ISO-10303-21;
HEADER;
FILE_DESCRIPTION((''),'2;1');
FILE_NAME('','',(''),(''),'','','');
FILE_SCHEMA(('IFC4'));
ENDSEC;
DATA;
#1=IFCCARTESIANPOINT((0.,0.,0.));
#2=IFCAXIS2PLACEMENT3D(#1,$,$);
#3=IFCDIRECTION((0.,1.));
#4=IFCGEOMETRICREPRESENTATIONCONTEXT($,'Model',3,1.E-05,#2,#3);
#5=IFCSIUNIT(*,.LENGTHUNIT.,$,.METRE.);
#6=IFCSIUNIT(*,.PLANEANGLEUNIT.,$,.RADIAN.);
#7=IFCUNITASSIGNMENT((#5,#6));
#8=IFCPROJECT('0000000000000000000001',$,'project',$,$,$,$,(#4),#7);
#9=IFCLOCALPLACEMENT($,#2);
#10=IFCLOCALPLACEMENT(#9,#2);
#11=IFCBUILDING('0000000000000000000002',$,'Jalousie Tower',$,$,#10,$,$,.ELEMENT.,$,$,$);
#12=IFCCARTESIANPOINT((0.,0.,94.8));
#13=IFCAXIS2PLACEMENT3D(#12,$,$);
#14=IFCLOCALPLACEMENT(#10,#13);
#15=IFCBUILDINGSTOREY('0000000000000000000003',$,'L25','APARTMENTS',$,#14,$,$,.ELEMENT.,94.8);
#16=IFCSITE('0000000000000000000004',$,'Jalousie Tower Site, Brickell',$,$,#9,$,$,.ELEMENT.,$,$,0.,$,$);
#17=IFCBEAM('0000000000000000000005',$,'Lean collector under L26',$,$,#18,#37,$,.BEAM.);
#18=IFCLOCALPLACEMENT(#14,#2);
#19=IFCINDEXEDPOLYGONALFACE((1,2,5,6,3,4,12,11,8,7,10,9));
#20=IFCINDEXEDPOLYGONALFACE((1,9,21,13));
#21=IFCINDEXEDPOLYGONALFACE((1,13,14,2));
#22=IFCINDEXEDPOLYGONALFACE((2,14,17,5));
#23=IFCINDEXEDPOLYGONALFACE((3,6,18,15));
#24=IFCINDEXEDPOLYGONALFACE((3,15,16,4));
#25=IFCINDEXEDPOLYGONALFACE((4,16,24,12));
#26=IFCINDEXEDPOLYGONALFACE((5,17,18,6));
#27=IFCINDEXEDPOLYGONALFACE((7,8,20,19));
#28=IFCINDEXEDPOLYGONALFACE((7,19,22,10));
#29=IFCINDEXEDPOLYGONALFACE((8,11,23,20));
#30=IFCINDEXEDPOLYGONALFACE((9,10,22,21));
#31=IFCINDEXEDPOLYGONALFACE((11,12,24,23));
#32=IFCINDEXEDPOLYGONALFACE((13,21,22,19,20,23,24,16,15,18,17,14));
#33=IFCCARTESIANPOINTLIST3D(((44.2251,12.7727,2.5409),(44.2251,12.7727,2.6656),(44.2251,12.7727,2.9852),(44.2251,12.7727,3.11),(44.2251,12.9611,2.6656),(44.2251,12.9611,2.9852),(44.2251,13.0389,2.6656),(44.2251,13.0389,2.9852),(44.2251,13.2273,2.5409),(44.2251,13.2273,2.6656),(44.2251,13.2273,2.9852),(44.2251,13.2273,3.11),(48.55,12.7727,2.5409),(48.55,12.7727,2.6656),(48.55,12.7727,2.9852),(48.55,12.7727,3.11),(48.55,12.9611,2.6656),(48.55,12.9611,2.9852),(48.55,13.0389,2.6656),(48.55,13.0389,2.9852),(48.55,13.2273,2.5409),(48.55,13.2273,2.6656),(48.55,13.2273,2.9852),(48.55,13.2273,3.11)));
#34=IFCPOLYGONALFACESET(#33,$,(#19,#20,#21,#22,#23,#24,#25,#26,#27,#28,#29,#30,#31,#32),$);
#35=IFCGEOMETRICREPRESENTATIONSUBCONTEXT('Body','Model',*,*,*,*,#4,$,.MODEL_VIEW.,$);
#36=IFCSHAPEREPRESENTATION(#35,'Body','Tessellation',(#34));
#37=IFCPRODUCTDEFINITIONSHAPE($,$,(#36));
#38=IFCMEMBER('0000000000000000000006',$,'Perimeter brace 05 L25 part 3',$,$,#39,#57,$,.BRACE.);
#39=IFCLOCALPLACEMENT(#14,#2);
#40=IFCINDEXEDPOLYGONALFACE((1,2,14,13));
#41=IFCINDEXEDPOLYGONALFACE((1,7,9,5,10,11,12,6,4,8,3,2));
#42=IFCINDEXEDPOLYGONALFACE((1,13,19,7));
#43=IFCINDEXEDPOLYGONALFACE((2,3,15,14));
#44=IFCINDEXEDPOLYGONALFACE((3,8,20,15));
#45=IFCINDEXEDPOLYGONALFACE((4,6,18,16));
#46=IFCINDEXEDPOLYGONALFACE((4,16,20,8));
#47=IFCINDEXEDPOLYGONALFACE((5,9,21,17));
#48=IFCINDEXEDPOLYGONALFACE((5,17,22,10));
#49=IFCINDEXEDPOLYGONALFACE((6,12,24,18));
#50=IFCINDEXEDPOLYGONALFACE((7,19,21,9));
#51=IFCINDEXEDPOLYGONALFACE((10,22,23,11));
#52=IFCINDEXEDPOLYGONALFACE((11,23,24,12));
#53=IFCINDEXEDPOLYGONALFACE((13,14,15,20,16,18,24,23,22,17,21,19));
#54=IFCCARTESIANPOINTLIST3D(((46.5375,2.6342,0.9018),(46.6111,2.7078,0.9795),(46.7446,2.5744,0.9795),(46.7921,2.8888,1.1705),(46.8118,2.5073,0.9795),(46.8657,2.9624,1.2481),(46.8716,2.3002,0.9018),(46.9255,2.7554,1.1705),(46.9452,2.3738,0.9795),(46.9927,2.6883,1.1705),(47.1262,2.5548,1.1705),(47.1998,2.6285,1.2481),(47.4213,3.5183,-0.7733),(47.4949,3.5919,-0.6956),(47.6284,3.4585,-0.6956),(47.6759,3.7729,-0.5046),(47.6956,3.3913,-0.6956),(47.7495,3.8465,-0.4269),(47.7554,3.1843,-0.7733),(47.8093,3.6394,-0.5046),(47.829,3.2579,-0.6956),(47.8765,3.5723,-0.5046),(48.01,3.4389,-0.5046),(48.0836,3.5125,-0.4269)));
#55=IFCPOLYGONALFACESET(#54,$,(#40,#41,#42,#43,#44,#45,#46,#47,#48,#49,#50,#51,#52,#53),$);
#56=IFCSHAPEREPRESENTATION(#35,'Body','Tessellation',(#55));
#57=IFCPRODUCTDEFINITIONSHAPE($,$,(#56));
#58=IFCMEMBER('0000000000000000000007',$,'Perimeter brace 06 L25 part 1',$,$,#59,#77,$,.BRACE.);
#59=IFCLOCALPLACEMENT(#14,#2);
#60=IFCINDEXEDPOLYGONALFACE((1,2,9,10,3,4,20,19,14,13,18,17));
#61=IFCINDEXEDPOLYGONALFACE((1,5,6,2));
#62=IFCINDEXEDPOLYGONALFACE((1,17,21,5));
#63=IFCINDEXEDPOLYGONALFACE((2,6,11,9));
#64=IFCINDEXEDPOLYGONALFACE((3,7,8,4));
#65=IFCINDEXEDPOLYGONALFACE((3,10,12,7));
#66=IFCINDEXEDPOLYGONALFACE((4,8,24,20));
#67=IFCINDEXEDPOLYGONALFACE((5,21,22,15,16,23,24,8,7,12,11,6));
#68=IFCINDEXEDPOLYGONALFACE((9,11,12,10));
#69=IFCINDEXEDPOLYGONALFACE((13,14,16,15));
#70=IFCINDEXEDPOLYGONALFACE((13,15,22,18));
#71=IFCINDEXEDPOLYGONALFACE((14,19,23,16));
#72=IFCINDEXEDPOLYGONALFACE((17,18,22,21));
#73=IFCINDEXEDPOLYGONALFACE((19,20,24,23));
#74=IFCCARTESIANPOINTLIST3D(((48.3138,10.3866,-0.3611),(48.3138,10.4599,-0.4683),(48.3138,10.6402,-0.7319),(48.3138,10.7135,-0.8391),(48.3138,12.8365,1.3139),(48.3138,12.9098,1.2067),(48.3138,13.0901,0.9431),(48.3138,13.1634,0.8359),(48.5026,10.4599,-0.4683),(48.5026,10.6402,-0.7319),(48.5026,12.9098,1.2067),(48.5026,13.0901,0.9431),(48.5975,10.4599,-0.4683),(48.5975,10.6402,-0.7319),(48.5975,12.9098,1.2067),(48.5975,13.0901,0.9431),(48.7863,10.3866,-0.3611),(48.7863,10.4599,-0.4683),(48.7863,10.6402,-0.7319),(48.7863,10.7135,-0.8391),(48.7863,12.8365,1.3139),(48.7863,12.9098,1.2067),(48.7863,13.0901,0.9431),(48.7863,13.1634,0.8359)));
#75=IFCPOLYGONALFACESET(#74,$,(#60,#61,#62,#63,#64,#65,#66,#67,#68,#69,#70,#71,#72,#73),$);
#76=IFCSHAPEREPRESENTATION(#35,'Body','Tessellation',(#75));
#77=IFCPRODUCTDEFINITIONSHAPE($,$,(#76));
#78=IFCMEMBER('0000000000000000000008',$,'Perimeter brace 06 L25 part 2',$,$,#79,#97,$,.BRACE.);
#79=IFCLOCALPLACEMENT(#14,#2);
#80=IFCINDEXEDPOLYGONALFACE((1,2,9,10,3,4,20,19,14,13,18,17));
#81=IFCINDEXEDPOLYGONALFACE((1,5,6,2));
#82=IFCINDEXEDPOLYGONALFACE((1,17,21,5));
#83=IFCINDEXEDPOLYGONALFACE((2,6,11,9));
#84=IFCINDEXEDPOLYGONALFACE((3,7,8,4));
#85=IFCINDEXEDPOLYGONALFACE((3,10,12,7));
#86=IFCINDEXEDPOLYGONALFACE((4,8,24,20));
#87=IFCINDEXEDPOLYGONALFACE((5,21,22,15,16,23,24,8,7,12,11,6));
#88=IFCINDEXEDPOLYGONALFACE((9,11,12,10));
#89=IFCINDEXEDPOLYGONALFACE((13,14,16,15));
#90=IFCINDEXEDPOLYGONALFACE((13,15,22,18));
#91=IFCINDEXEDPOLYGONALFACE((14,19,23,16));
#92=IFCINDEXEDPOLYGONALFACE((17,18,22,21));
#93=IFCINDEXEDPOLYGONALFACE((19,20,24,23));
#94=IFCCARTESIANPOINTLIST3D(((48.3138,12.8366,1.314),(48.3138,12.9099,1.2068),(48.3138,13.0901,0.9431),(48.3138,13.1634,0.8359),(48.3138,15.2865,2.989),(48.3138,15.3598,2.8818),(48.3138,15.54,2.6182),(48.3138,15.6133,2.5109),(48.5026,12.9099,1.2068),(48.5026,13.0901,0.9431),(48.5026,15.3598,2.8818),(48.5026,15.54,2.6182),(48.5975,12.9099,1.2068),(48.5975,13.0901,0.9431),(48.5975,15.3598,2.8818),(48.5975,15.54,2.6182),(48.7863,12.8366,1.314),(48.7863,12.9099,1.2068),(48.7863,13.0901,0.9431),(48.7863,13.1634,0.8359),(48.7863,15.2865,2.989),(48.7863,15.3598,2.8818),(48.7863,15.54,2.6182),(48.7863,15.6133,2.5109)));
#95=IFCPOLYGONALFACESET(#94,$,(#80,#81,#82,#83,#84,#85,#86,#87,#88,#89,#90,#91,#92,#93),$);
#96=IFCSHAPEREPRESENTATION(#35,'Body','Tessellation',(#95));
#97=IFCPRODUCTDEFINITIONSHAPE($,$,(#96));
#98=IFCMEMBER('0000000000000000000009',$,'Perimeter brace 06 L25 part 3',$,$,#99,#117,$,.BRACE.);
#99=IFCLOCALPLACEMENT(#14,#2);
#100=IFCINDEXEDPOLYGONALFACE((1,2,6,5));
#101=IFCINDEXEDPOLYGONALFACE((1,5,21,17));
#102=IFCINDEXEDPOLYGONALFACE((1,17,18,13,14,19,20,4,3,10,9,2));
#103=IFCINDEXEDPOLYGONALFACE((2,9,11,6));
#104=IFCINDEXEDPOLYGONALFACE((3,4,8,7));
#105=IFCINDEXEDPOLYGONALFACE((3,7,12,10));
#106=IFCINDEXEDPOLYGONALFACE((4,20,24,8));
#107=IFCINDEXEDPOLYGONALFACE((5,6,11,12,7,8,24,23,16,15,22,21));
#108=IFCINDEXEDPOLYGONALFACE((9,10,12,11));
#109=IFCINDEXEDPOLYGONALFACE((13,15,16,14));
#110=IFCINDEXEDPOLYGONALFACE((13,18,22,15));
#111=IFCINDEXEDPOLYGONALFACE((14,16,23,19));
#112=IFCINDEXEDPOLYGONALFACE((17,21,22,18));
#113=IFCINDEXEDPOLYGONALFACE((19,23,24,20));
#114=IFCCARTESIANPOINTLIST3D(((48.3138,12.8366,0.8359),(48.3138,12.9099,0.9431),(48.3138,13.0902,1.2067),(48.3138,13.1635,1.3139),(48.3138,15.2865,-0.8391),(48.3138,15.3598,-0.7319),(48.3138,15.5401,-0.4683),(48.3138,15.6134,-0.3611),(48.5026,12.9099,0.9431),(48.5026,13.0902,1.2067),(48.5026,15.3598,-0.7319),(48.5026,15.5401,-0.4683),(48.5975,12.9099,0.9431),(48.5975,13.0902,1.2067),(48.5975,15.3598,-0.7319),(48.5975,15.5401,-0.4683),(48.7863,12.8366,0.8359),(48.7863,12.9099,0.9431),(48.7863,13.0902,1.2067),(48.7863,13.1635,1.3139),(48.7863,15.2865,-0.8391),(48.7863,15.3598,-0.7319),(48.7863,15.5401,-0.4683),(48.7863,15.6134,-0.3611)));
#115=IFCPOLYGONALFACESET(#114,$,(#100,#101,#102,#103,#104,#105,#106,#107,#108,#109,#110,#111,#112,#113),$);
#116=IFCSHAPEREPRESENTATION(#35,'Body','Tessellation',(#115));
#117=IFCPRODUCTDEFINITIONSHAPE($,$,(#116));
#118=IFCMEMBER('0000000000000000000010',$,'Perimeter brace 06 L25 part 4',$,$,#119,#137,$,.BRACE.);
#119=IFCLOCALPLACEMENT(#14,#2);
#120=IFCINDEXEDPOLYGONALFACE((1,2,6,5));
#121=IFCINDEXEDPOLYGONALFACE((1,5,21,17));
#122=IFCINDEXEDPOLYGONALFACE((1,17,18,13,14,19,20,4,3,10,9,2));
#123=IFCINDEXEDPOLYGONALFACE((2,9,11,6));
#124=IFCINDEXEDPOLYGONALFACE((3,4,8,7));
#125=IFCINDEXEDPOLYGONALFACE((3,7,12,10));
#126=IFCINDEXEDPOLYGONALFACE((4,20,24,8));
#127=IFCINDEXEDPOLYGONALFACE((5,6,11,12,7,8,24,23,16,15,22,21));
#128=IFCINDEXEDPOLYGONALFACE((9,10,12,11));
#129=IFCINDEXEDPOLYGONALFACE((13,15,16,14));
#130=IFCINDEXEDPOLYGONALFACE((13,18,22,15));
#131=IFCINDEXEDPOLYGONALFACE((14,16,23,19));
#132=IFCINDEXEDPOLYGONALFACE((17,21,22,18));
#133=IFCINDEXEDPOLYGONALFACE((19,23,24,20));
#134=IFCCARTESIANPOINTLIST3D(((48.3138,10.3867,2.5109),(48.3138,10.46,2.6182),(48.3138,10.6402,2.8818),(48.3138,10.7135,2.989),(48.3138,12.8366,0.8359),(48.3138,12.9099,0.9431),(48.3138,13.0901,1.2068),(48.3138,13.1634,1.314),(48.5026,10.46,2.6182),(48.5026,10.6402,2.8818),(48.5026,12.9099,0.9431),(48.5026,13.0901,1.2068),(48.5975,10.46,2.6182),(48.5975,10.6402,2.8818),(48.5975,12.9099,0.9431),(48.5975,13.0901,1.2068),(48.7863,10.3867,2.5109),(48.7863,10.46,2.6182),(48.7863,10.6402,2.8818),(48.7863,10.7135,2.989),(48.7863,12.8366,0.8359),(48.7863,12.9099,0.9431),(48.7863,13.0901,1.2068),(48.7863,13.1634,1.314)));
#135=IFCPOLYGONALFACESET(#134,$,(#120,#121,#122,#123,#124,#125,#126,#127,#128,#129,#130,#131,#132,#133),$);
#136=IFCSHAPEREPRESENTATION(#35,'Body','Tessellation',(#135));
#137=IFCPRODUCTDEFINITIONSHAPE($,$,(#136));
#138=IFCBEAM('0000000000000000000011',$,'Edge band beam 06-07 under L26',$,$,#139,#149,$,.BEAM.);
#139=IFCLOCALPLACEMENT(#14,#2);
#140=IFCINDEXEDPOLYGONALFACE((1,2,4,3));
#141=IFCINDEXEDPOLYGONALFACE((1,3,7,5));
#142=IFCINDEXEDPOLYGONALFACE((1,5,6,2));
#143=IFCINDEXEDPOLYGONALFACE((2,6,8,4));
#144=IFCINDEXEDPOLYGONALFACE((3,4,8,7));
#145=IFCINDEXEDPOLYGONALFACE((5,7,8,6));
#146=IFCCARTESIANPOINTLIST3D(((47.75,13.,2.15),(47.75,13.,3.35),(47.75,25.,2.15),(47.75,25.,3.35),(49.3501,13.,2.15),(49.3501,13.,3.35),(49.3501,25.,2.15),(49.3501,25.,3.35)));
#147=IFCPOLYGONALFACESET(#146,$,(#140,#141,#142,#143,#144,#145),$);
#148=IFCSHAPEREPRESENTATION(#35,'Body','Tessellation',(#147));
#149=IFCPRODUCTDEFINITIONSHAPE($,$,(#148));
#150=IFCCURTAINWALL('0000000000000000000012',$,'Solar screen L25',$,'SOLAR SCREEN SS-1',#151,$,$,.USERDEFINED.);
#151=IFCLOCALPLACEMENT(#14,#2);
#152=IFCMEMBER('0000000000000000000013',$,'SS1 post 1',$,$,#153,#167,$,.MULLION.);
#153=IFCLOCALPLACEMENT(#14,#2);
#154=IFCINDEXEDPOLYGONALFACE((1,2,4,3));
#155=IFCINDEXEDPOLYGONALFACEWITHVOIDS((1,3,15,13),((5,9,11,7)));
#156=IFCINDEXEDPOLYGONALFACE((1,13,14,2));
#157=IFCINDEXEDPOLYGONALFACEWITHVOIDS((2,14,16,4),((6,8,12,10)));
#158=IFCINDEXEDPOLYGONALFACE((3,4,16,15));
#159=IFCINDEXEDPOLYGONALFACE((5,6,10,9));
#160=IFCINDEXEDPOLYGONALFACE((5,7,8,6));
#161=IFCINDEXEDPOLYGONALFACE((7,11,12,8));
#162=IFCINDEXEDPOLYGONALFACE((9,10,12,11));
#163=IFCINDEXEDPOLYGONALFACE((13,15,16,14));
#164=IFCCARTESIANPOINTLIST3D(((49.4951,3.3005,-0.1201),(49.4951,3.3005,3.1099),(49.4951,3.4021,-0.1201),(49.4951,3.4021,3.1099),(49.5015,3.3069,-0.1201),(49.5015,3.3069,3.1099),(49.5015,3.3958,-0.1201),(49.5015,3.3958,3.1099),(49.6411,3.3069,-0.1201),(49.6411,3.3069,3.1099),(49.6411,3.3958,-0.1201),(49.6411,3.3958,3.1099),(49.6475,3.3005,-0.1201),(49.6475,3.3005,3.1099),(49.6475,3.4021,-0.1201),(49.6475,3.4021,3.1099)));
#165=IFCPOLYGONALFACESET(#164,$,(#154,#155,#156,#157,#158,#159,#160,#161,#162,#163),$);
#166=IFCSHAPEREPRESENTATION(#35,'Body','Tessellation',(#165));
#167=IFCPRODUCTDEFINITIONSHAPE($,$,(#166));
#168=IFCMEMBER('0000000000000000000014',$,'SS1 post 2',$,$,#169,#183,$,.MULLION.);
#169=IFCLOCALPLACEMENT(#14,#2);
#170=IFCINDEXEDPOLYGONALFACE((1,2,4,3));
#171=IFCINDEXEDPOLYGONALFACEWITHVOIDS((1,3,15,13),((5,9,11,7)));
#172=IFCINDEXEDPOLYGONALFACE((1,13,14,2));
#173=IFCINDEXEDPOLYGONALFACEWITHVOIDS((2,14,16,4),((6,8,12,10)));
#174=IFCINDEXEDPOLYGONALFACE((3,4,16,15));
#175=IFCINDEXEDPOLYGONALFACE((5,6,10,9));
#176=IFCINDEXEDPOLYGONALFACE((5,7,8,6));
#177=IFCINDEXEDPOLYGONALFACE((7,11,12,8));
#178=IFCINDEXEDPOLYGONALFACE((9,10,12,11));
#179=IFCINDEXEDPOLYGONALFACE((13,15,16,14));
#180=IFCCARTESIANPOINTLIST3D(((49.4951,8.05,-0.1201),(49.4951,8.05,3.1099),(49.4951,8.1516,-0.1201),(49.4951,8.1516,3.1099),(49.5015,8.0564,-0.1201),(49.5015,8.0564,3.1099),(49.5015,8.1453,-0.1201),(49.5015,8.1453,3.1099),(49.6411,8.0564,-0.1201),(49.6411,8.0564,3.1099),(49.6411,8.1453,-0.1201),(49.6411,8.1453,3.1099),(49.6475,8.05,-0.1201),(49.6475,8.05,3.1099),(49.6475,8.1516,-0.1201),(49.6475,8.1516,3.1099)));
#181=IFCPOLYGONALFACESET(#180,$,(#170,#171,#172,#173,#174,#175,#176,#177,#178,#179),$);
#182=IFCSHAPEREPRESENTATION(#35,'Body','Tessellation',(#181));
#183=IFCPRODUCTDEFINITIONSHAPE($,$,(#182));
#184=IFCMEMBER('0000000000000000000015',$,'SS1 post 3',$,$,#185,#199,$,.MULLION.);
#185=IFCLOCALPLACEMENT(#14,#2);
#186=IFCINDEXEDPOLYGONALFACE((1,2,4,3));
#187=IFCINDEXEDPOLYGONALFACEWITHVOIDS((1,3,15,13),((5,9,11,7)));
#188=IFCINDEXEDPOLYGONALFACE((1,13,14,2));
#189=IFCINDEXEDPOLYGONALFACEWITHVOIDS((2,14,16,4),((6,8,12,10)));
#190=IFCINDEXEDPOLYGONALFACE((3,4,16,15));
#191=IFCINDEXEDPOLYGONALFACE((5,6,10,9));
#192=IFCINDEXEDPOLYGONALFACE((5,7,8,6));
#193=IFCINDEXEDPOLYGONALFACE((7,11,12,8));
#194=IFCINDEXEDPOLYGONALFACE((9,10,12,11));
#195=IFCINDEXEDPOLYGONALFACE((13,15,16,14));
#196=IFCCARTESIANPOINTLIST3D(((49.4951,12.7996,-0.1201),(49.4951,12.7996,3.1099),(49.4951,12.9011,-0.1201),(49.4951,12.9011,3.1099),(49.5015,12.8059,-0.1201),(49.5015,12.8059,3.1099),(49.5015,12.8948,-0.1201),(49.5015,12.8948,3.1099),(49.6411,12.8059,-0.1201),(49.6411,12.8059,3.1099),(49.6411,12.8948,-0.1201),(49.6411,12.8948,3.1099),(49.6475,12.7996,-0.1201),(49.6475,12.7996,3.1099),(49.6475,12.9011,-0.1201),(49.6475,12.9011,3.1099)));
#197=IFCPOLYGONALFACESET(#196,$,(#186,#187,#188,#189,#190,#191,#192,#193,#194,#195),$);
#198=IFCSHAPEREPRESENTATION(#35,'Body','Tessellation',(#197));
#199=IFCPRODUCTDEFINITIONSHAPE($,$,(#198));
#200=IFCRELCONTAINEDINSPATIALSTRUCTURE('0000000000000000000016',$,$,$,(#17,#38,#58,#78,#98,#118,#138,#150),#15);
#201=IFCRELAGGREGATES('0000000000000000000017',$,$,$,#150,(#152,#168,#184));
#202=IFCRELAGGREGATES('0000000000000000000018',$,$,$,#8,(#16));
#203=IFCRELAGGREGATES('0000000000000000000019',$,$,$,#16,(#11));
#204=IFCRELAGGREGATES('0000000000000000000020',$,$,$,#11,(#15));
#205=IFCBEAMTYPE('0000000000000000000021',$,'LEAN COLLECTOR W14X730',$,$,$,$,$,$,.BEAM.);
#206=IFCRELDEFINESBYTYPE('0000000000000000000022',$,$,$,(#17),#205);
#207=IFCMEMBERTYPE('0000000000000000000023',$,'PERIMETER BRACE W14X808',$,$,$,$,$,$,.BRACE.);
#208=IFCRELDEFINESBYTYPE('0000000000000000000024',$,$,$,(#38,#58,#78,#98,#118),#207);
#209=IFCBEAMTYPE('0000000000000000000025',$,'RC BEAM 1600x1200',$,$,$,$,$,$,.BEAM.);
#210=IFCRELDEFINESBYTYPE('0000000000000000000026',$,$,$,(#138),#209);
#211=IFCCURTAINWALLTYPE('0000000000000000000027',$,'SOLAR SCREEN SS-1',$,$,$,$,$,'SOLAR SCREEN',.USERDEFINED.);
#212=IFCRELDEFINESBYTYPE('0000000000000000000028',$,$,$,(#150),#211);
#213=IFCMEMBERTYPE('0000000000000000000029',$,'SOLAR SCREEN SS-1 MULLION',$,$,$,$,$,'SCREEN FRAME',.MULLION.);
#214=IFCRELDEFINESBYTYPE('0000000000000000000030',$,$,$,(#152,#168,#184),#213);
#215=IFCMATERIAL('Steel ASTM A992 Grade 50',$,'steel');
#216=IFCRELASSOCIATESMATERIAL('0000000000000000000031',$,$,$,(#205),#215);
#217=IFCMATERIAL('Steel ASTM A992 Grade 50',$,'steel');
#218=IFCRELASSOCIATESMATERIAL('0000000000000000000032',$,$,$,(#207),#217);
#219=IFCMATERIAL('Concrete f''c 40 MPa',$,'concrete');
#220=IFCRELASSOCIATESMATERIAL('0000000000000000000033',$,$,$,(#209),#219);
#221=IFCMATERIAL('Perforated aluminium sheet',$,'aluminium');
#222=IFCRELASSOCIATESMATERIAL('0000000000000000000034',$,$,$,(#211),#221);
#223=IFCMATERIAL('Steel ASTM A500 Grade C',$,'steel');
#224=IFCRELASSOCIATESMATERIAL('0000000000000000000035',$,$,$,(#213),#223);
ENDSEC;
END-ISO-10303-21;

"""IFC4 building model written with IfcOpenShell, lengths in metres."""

from ifc_helpers import new_model, si_unit, direction, frame, origin, origin_2d, place, context, subcontext, project, spatial, rectangle, hollow_rectangle, i_section, extrude, material, material_profile, profile_set, type_object, element, aggregate, save


model = new_model("IFC4")

# Units and contexts
model_context = context("Model", 3, precision=1e-05, world=origin(), true_north=direction((0.0, 1.0)))
body_context = subcontext(model_context, "Body", "Model", "MODEL_VIEW")
ifc_project = project(units=[si_unit("LENGTHUNIT", "METRE"), si_unit("PLANEANGLEUNIT", "RADIAN")], contexts=[model_context])

# Site, building, storey
site_placement = place(None, origin())
site = spatial("IfcSite", under=ifc_project, at=site_placement, Name="Jalousie Tower Site, Brickell", CompositionType="ELEMENT", RefElevation=0.0)
building_placement = place(site_placement, origin())
building = spatial("IfcBuilding", under=site, at=building_placement, Name="Jalousie Tower", CompositionType="ELEMENT")
storey_placement = place(building_placement, frame((0.0, 0.0, 94.8)))
storey = spatial("IfcBuildingStorey", under=building, at=storey_placement, Name="L25", Description="APARTMENTS", CompositionType="ELEMENT", Elevation=94.8)

# Beam
ifc_material_1 = material(Name="Steel ASTM A992 Grade 50", Category="steel")
ifc_material_profile_1 = material_profile(ifc_material_1, i_section(OverallWidth=0.4546, OverallDepth=0.5691, WebThickness=0.0779, FlangeThickness=0.1248, at=origin_2d()), Name="W14X730")
ifc_profile_set_1 = profile_set([ifc_material_profile_1], Name="Steel ASTM A992 Grade 50")
beam_type_1 = type_object("IfcBeamType", Name="LEAN COLLECTOR W14X730", PredefinedType="BEAM", material=ifc_profile_set_1)
beam_1_placement = place(storey_placement, frame((48.55, 13.0, 2.8254), z_axis=(-1.0, 0.0, 0.0), x_axis=(0.0, -1.0, 0.0)))
element("IfcBeam", 1, at=beam_1_placement, inside=storey, type_object=beam_type_1, Name="Lean collector under L26", PredefinedType="BEAM", context=body_context, shape_type="SweptSolid", body=[
    extrude(i_section(OverallWidth=0.4546, OverallDepth=0.5691, WebThickness=0.0779, FlangeThickness=0.1248, at=origin_2d()), origin(), (0.0, 0.0, 1.0), 4.325),
])

# Members
ifc_material_2 = material(Name="Steel ASTM A992 Grade 50", Category="steel")
ifc_material_profile_2 = material_profile(ifc_material_2, i_section(OverallWidth=0.4724, OverallDepth=0.5791, WebThickness=0.095, FlangeThickness=0.1299, at=origin_2d()), Name="W14X808")
ifc_profile_set_2 = profile_set([ifc_material_profile_2], Name="Steel ASTM A992 Grade 50")
member_type_1 = type_object("IfcMemberType", Name="PERIMETER BRACE W14X808", PredefinedType="BRACE", material=ifc_profile_set_2)
member_1_placement = place(storey_placement, frame((47.7524, 3.5154, -0.6001), z_axis=(-0.422852, -0.422969, 0.801432), x_axis=(0.707204, -0.707009, 0.0)))
element("IfcMember", 2, at=member_1_placement, inside=storey, type_object=member_type_1, Name="Perimeter brace 05 L25 part 3", PredefinedType="BRACE", context=body_context, shape_type="SweptSolid", body=[
    extrude(i_section(OverallWidth=0.4724, OverallDepth=0.5791, WebThickness=0.095, FlangeThickness=0.1299, at=origin_2d()), origin(), (0.0, 0.0, 1.0), 2.0901),
])
for number, where, z_axis, x_axis, name in (
    (3, (48.55, 10.55, -0.6001), (0.0, 0.825501, 0.564401), (-1.0, 0.0, 0.0), "Perimeter brace 06 L25 part 1"),
    (4, (48.55, 13.0, 1.075), (0.0, 0.825501, 0.564401), (-1.0, 0.0, 0.0), "Perimeter brace 06 L25 part 2"),
    (5, (48.55, 15.45, -0.6001), (0.0, -0.825501, 0.564401), (1.0, 0.0, 0.0), "Perimeter brace 06 L25 part 3"),
    (6, (48.55, 13.0, 1.075), (0.0, -0.825501, 0.564401), (1.0, 0.0, 0.0), "Perimeter brace 06 L25 part 4"),
):
    element("IfcMember", number, at=place(storey_placement, frame(where, z_axis=z_axis, x_axis=x_axis)), inside=storey, type_object=member_type_1, Name=name, PredefinedType="BRACE", context=body_context, shape_type="SweptSolid", body=[
        extrude(i_section(OverallWidth=0.4724, OverallDepth=0.5791, WebThickness=0.095, FlangeThickness=0.1299, at=origin_2d()), origin(), (0.0, 0.0, 1.0), 2.9678),
    ])

# Beam
ifc_material_3 = material(Name="Concrete f'c 40 MPa", Category="concrete")
ifc_material_profile_3 = material_profile(ifc_material_3, rectangle(XDim=1.6001, YDim=1.2, at=origin_2d()), Name="RC 1600x1200")
ifc_profile_set_3 = profile_set([ifc_material_profile_3], Name="Concrete f'c 40 MPa")
beam_type_2 = type_object("IfcBeamType", Name="RC BEAM 1600x1200", PredefinedType="BEAM", material=ifc_profile_set_3)
beam_2_placement = place(storey_placement, frame((48.55, 13.0, 2.75), z_axis=(0.0, 1.0, 0.0), x_axis=(-1.0, 0.0, 0.0)))
element("IfcBeam", 7, at=beam_2_placement, inside=storey, type_object=beam_type_2, Name="Edge band beam 06-07 under L26", PredefinedType="BEAM", context=body_context, shape_type="SweptSolid", body=[
    extrude(rectangle(XDim=1.6001, YDim=1.2, at=origin_2d()), origin(), (0.0, 0.0, 1.0), 12.0),
])

# Curtain wall, members
ifc_material_4 = material(Name="Perforated aluminium sheet", Category="aluminium")
curtain_wall_type = type_object("IfcCurtainWallType", Name="SOLAR SCREEN SS-1", ElementType="SOLAR SCREEN", PredefinedType="USERDEFINED", material=ifc_material_4)
curtain_wall_placement = place(storey_placement, origin())
curtain_wall = element("IfcCurtainWall", 8, at=curtain_wall_placement, inside=storey, type_object=curtain_wall_type, Name="Solar screen L25", ObjectType="SOLAR SCREEN SS-1", PredefinedType="USERDEFINED")
ifc_material_5 = material(Name="Steel ASTM A500 Grade C", Category="steel")
ifc_material_profile_4 = material_profile(ifc_material_5, hollow_rectangle(XDim=0.1016, YDim=0.1523, WallThickness=0.0063, at=origin_2d()), Name="HSS6X4X1/4")
ifc_profile_set_4 = profile_set([ifc_material_profile_4], Name="Steel ASTM A500 Grade C")
member_type_2 = type_object("IfcMemberType", Name="SOLAR SCREEN SS-1 MULLION", ElementType="SCREEN FRAME", PredefinedType="MULLION", material=ifc_profile_set_4)
member_2_placement = place(storey_placement, frame((49.5713, 3.3513, -0.1201), z_axis=(0.0, 0.0, 1.0), x_axis=(0.0, 1.0, 0.0)))
member_2 = element("IfcMember", 9, at=member_2_placement, type_object=member_type_2, Name="SS1 post 1", PredefinedType="MULLION", context=body_context, shape_type="SweptSolid", body=[
    extrude(hollow_rectangle(XDim=0.1016, YDim=0.1523, WallThickness=0.0063, at=origin_2d()), origin(), (0.0, 0.0, 1.0), 3.23),
])
member_3_placement = place(storey_placement, frame((49.5713, 8.1008, -0.1201), z_axis=(0.0, 0.0, 1.0), x_axis=(0.0, 1.0, 0.0)))
member_3 = element("IfcMember", 10, at=member_3_placement, type_object=member_type_2, Name="SS1 post 2", PredefinedType="MULLION", context=body_context, shape_type="SweptSolid", body=[
    extrude(hollow_rectangle(XDim=0.1016, YDim=0.1523, WallThickness=0.0063, at=origin_2d()), origin(), (0.0, 0.0, 1.0), 3.23),
])
member_4_placement = place(storey_placement, frame((49.5713, 12.8503, -0.1201), z_axis=(0.0, 0.0, 1.0), x_axis=(0.0, 1.0, 0.0)))
member_4 = element("IfcMember", 11, at=member_4_placement, type_object=member_type_2, Name="SS1 post 3", PredefinedType="MULLION", context=body_context, shape_type="SweptSolid", body=[
    extrude(hollow_rectangle(XDim=0.1016, YDim=0.1523, WallThickness=0.0063, at=origin_2d()), origin(), (0.0, 0.0, 1.0), 3.23),
])
aggregate(curtain_wall, [member_2, member_3, member_4])

save(model, "model.ifc")
